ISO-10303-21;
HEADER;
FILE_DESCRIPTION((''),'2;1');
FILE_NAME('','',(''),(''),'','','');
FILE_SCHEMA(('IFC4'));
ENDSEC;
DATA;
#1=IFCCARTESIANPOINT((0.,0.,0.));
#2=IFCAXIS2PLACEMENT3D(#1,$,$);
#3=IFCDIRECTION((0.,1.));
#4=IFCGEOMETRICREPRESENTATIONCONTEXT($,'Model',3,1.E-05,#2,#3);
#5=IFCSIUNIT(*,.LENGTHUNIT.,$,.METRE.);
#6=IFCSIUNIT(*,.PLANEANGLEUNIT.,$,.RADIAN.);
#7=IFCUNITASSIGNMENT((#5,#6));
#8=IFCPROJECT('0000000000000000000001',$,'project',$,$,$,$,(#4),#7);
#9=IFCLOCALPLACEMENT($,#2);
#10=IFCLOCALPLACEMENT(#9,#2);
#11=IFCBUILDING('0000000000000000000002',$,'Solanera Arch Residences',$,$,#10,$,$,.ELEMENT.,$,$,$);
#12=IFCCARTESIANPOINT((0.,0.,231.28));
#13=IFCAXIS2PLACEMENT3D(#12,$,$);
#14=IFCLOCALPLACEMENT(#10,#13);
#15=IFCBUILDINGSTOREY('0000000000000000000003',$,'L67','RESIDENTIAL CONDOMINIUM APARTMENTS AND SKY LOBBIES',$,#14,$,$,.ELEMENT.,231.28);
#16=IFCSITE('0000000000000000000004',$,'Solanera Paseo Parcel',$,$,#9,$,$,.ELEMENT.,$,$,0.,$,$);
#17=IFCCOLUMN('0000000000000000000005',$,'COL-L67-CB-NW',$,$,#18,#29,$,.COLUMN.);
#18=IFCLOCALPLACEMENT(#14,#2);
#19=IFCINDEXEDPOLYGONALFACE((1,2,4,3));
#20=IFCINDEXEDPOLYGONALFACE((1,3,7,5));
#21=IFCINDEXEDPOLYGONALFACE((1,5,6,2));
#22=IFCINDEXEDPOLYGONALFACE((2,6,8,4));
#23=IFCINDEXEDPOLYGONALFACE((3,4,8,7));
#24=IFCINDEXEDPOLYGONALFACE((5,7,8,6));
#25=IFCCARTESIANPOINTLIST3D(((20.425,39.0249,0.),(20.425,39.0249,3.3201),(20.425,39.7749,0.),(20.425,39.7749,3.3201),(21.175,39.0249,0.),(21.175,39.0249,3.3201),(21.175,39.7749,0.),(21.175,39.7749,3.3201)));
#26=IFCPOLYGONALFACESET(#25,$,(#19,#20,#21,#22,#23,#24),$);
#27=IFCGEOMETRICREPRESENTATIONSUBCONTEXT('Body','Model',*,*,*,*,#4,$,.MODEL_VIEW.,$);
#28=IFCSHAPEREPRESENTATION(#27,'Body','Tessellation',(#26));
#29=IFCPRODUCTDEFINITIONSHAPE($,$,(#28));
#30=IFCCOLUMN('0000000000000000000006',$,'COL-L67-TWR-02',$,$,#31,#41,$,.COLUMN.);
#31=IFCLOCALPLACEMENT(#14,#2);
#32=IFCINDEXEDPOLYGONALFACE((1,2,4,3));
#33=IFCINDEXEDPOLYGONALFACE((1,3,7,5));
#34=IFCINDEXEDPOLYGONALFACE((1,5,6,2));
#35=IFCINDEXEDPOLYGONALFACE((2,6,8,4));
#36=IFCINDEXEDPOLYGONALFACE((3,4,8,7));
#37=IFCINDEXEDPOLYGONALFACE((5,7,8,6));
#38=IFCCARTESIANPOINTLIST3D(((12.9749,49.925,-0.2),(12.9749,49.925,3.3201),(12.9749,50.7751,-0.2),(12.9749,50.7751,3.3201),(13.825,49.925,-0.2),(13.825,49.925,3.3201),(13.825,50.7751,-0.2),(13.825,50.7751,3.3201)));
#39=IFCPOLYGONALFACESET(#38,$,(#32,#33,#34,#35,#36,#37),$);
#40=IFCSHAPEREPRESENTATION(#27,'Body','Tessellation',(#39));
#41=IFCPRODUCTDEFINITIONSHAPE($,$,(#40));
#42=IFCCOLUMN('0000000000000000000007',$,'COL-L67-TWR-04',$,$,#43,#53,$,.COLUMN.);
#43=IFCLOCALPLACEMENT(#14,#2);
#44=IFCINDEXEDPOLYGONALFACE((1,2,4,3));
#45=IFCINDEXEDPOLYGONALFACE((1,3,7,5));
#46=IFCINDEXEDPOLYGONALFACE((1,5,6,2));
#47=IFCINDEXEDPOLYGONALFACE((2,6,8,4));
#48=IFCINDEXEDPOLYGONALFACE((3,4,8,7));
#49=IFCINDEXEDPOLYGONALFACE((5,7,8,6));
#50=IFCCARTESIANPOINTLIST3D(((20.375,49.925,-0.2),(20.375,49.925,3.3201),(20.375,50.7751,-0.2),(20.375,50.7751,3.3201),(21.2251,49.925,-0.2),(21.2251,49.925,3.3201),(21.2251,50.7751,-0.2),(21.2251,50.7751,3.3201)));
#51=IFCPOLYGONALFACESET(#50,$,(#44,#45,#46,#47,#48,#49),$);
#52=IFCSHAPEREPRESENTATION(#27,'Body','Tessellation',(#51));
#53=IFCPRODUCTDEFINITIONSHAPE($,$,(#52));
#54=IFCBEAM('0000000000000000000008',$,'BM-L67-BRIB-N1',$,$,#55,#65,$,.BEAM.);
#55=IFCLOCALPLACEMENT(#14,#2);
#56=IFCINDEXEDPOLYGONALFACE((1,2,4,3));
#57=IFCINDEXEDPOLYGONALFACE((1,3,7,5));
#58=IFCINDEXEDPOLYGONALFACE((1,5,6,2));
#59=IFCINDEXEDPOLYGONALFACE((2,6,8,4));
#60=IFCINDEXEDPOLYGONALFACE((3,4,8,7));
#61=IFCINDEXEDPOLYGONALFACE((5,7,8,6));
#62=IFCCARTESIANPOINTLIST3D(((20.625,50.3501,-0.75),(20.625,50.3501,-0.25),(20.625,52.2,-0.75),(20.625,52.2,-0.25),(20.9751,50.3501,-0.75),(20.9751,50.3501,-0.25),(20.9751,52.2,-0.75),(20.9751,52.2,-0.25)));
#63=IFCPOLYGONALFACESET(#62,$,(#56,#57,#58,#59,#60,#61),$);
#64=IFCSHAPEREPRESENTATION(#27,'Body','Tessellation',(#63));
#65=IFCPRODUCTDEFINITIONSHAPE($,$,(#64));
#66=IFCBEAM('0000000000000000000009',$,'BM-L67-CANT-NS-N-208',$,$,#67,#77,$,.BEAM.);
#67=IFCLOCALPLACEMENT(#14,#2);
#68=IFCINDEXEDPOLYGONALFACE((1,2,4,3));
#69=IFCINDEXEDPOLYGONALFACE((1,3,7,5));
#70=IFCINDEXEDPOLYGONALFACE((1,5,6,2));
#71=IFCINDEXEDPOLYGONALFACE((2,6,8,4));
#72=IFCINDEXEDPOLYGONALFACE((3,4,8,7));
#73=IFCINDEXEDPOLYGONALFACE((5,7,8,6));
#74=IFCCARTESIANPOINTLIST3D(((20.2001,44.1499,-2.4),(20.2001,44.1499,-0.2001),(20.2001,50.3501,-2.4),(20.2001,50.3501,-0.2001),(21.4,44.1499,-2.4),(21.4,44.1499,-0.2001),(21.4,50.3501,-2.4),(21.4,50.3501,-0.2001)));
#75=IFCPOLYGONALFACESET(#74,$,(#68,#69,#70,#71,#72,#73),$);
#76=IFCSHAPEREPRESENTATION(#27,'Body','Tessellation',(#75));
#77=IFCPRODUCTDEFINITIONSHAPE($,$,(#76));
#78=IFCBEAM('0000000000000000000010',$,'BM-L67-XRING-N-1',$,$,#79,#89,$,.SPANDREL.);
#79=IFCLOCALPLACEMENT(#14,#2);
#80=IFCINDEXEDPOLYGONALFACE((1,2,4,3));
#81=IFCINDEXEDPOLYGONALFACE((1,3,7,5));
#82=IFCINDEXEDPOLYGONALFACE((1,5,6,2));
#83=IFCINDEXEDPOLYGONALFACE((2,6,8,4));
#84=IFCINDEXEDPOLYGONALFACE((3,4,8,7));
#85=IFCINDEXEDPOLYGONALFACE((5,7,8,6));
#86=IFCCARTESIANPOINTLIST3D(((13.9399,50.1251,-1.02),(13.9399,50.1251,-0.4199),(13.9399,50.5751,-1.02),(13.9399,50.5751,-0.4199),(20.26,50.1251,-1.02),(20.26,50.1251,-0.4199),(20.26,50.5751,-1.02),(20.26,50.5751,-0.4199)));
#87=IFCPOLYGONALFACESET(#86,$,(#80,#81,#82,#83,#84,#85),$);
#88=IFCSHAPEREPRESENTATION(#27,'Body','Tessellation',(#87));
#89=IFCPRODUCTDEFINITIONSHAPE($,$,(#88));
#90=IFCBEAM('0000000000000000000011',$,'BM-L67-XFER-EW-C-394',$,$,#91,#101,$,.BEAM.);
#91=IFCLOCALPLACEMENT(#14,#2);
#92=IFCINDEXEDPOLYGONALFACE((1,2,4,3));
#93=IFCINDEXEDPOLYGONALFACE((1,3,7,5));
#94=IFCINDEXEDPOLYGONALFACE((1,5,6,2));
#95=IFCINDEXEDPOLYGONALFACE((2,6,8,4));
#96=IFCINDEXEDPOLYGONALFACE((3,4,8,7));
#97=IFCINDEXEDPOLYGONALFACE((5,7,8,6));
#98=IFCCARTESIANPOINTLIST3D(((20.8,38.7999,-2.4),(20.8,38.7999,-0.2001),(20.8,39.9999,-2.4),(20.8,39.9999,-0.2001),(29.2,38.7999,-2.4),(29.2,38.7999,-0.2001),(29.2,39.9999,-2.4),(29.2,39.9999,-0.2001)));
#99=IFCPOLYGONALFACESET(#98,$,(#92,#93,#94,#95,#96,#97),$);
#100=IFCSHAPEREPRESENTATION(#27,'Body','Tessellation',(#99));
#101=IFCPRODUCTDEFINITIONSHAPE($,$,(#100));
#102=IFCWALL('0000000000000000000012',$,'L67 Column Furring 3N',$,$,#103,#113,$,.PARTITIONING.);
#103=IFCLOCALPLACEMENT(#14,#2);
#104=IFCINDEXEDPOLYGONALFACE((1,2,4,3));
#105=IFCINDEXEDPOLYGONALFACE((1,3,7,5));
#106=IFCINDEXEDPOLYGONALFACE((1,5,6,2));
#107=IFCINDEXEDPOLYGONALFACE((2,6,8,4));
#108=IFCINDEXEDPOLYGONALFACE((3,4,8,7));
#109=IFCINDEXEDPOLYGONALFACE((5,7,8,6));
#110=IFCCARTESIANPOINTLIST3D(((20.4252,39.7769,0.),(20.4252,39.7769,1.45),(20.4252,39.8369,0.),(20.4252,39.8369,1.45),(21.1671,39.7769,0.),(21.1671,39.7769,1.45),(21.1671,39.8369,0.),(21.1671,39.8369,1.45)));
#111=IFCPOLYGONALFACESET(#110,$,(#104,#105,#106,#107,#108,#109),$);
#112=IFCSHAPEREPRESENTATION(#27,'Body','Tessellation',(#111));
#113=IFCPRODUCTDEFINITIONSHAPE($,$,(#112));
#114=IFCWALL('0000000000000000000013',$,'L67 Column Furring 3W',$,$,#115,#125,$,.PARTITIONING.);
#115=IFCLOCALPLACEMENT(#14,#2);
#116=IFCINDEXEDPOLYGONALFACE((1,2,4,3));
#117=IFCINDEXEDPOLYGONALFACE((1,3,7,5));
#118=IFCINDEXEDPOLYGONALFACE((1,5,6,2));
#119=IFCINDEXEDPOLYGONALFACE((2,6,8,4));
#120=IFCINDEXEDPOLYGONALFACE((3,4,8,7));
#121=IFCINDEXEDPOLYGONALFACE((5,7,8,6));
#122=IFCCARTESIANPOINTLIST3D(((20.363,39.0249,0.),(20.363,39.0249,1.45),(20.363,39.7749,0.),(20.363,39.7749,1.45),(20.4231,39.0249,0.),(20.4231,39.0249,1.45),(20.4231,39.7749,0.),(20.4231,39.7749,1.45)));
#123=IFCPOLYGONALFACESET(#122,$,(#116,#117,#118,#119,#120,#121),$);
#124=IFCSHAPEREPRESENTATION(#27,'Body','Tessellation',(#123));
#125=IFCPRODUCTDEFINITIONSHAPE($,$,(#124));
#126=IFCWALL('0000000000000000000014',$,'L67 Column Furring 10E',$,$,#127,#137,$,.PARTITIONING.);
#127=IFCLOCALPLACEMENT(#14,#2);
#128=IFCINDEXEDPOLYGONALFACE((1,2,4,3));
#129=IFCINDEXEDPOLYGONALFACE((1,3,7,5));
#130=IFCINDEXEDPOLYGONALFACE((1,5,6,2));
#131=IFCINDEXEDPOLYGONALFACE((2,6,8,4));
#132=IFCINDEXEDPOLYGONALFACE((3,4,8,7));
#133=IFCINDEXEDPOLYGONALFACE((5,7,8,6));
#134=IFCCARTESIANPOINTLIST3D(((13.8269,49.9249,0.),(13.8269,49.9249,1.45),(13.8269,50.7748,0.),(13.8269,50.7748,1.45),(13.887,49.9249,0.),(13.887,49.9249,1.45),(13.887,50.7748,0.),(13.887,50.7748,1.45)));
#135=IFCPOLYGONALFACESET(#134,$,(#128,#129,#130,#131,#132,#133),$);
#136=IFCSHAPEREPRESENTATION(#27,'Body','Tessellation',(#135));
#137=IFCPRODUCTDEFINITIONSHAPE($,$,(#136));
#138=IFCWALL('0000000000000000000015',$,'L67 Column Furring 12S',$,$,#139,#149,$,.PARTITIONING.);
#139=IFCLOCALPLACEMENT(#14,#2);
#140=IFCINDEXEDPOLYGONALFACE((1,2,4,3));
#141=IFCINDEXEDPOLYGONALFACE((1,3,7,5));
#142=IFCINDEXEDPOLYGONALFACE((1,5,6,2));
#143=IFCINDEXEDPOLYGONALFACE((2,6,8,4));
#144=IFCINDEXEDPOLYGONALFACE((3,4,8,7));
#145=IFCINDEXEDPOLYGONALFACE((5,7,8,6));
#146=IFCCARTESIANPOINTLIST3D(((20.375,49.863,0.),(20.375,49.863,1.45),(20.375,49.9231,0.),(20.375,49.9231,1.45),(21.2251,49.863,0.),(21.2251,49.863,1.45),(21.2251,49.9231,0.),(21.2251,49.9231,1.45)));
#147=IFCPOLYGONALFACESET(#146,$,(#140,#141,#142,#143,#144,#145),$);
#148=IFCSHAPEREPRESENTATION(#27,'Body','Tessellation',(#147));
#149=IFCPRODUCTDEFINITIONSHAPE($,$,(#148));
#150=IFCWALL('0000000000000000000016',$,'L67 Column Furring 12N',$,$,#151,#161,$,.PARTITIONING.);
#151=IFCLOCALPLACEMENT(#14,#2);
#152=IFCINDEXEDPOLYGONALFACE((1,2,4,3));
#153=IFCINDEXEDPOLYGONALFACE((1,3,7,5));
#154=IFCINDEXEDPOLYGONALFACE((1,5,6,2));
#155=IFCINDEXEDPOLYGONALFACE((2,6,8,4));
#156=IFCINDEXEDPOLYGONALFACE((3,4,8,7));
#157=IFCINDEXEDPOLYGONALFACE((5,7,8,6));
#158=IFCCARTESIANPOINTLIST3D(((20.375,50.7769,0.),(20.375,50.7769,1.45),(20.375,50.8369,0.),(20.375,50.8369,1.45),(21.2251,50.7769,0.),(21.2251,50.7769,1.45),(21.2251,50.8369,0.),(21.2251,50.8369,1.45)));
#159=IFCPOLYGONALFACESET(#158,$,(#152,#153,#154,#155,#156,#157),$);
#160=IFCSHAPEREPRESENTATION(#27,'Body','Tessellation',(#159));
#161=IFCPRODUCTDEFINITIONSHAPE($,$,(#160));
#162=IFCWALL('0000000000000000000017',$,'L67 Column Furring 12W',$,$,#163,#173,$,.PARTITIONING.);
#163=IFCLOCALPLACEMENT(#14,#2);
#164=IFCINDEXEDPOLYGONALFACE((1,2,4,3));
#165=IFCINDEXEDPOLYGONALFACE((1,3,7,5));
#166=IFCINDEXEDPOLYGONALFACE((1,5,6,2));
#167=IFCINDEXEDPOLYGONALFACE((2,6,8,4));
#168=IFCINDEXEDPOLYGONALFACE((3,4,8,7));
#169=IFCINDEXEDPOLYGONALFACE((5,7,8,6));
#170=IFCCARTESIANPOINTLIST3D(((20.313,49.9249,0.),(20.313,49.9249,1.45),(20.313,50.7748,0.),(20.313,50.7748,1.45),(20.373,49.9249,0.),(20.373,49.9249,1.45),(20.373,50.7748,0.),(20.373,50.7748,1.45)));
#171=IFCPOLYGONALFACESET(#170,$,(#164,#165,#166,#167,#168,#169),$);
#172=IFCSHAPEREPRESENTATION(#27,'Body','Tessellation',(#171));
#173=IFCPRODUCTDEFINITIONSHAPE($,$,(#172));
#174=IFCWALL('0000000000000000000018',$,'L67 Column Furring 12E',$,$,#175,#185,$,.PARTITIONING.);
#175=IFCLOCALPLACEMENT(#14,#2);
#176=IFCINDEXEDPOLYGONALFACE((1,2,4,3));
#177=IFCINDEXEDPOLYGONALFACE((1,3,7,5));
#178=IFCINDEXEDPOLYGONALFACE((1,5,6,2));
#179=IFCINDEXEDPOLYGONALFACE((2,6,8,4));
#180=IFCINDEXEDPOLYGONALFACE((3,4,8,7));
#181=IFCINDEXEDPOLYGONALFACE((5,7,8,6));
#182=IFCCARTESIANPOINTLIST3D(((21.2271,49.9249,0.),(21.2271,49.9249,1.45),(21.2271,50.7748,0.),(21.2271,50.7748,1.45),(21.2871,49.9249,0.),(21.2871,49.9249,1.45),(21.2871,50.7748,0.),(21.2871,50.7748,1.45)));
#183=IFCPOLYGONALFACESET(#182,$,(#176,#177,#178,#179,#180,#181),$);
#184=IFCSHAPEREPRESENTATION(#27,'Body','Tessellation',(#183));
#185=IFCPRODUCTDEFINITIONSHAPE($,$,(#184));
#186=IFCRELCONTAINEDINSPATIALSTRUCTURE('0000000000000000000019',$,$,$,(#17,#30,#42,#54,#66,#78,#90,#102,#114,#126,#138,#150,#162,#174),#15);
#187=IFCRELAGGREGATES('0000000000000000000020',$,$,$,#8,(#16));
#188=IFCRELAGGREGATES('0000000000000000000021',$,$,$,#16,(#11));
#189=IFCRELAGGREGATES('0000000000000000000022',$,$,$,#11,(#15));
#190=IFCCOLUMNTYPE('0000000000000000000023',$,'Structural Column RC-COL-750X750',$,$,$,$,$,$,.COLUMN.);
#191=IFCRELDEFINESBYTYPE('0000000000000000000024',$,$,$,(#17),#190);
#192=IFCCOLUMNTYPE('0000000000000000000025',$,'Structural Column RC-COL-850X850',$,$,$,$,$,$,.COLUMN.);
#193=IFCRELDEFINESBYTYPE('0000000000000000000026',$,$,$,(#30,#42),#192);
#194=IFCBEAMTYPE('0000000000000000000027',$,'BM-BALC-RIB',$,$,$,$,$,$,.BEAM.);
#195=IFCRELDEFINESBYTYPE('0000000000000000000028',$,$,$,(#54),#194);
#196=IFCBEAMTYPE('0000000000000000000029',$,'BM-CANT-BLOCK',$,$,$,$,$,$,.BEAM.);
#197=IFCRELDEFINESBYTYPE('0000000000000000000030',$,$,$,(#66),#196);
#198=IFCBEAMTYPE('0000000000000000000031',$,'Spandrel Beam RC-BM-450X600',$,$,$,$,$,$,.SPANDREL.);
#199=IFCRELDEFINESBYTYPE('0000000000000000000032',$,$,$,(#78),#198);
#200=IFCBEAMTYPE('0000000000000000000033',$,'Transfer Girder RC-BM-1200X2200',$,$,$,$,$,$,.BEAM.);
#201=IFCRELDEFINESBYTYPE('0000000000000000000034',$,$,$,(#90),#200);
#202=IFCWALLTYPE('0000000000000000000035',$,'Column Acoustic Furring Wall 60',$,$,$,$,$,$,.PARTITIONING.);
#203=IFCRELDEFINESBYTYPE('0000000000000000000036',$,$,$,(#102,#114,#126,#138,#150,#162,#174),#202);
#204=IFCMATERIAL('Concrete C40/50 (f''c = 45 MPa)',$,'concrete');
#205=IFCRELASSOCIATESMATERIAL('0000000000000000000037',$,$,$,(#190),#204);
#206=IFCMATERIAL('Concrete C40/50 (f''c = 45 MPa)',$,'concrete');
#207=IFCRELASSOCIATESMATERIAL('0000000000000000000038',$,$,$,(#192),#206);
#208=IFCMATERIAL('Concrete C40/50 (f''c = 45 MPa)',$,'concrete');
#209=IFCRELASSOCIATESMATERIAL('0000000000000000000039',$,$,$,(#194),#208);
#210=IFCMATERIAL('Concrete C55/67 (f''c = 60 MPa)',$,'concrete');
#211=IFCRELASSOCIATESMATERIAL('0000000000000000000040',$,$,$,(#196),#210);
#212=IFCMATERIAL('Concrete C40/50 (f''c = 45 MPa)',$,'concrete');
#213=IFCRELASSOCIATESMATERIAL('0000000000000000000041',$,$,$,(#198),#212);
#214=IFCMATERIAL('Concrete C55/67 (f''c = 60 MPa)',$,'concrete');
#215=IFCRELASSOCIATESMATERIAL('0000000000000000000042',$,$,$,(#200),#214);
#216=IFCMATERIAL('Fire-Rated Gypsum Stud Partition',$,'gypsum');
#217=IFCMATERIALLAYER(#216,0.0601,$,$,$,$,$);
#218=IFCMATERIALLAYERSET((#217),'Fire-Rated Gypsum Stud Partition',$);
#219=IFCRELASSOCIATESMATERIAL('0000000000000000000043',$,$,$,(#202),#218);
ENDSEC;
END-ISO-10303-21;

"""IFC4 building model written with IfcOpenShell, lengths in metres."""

from ifc_helpers import new_model, si_unit, direction, frame, frame_2d, origin, origin_2d, place, context, subcontext, project, spatial, rectangle, extrude, material, layer, layer_set, material_profile, profile_set, type_object, element, save


model = new_model("IFC4")

# Units and contexts
model_context = context("Model", 3, precision=1e-05, world=origin(), true_north=direction((0.0, 1.0)))
body_context = subcontext(model_context, "Body", "Model", "MODEL_VIEW")
ifc_project = project(units=[si_unit("LENGTHUNIT", "METRE"), si_unit("PLANEANGLEUNIT", "RADIAN")], contexts=[model_context])

# Site, building, storey
site_placement = place(None, origin())
site = spatial("IfcSite", under=ifc_project, at=site_placement, Name="Solanera Paseo Parcel", CompositionType="ELEMENT", RefElevation=0.0)
building_placement = place(site_placement, origin())
building = spatial("IfcBuilding", under=site, at=building_placement, Name="Solanera Arch Residences", CompositionType="ELEMENT")
storey_placement = place(building_placement, frame((0.0, 0.0, 231.28)))
storey = spatial("IfcBuildingStorey", under=building, at=storey_placement, Name="L67", Description="RESIDENTIAL CONDOMINIUM APARTMENTS AND SKY LOBBIES", CompositionType="ELEMENT", Elevation=231.28)

# Columns
ifc_material_1 = material(Name="Concrete C40/50 (f'c = 45 MPa)", Category="concrete")
ifc_material_profile_1 = material_profile(ifc_material_1, rectangle(XDim=0.75, YDim=0.75, at=origin_2d()))
ifc_profile_set_1 = profile_set([ifc_material_profile_1], Name="Concrete C40/50 (f'c = 45 MPa)")
column_type_1 = type_object("IfcColumnType", Name="Structural Column RC-COL-750X750", PredefinedType="COLUMN", material=ifc_profile_set_1)
column_placement = place(storey_placement, frame((20.8, 39.3999, 0.0), z_axis=(0.0, 0.0, 1.0), x_axis=(1.0, 0.0, 0.0)))
element("IfcColumn", 1, at=column_placement, inside=storey, type_object=column_type_1, Name="COL-L67-CB-NW", PredefinedType="COLUMN", context=body_context, shape_type="SweptSolid", body=[
    extrude(rectangle(XDim=0.75, YDim=0.75, at=origin_2d()), origin(), (0.0, 0.0, 1.0), 3.3201),
])
ifc_material_2 = material(Name="Concrete C40/50 (f'c = 45 MPa)", Category="concrete")
ifc_material_profile_2 = material_profile(ifc_material_2, rectangle(XDim=0.8501, YDim=0.8501, at=origin_2d()))
ifc_profile_set_2 = profile_set([ifc_material_profile_2], Name="Concrete C40/50 (f'c = 45 MPa)")
column_type_2 = type_object("IfcColumnType", Name="Structural Column RC-COL-850X850", PredefinedType="COLUMN", material=ifc_profile_set_2)
for number, where, z_axis, x_axis, name in (
    (2, (13.3999, 50.3501, -0.2), (0.0, 0.0, 1.0), (1.0, 0.0, 0.0), "COL-L67-TWR-02"),
    (3, (20.8, 50.3501, -0.2), (0.0, 0.0, 1.0), (1.0, 0.0, 0.0), "COL-L67-TWR-04"),
):
    element("IfcColumn", number, at=place(storey_placement, frame(where, z_axis=z_axis, x_axis=x_axis)), inside=storey, type_object=column_type_2, Name=name, PredefinedType="COLUMN", context=body_context, shape_type="SweptSolid", body=[
        extrude(rectangle(XDim=0.8501, YDim=0.8501, at=origin_2d()), origin(), (0.0, 0.0, 1.0), 3.52),
    ])

# Beams
ifc_material_3 = material(Name="Concrete C40/50 (f'c = 45 MPa)", Category="concrete")
ifc_material_profile_3 = material_profile(ifc_material_3, rectangle(XDim=0.3501, YDim=0.5, at=origin_2d()))
ifc_profile_set_3 = profile_set([ifc_material_profile_3], Name="Concrete C40/50 (f'c = 45 MPa)")
beam_type_1 = type_object("IfcBeamType", Name="BM-BALC-RIB", PredefinedType="BEAM", material=ifc_profile_set_3)
beam_1_placement = place(storey_placement, frame((20.8, 50.3501, -0.5), z_axis=(0.0, 1.0, 0.0), x_axis=(-1.0, 0.0, 0.0)))
element("IfcBeam", 4, at=beam_1_placement, inside=storey, type_object=beam_type_1, Name="BM-L67-BRIB-N1", PredefinedType="BEAM", context=body_context, shape_type="SweptSolid", body=[
    extrude(rectangle(XDim=0.3501, YDim=0.5, at=origin_2d()), origin(), (0.0, 0.0, 1.0), 1.8499),
])
ifc_material_4 = material(Name="Concrete C55/67 (f'c = 60 MPa)", Category="concrete")
ifc_material_profile_4 = material_profile(ifc_material_4, rectangle(XDim=1.2, YDim=2.2, at=origin_2d()))
ifc_profile_set_4 = profile_set([ifc_material_profile_4], Name="Concrete C55/67 (f'c = 60 MPa)")
beam_type_2 = type_object("IfcBeamType", Name="BM-CANT-BLOCK", PredefinedType="BEAM", material=ifc_profile_set_4)
beam_2_placement = place(storey_placement, frame((20.8, 44.1499, -1.3), z_axis=(0.0, 1.0, 0.0), x_axis=(-1.0, 0.0, 0.0)))
element("IfcBeam", 5, at=beam_2_placement, inside=storey, type_object=beam_type_2, Name="BM-L67-CANT-NS-N-208", PredefinedType="BEAM", context=body_context, shape_type="SweptSolid", body=[
    extrude(rectangle(XDim=1.2, YDim=2.2, at=origin_2d()), origin(), (0.0, 0.0, 1.0), 6.2002),
])
ifc_material_5 = material(Name="Concrete C40/50 (f'c = 45 MPa)", Category="concrete")
ifc_material_profile_5 = material_profile(ifc_material_5, rectangle(XDim=0.45, YDim=0.6001, at=origin_2d()))
ifc_profile_set_5 = profile_set([ifc_material_profile_5], Name="Concrete C40/50 (f'c = 45 MPa)")
beam_type_3 = type_object("IfcBeamType", Name="Spandrel Beam RC-BM-450X600", PredefinedType="SPANDREL", material=ifc_profile_set_5)
beam_3_placement = place(storey_placement, frame((13.9399, 50.3501, -0.72), z_axis=(1.0, 0.0, 0.0), x_axis=(0.0, 1.0, 0.0)))
element("IfcBeam", 6, at=beam_3_placement, inside=storey, type_object=beam_type_3, Name="BM-L67-XRING-N-1", PredefinedType="SPANDREL", context=body_context, shape_type="SweptSolid", body=[
    extrude(rectangle(XDim=0.45, YDim=0.6001, at=origin_2d()), origin(), (0.0, 0.0, 1.0), 6.3201),
])
ifc_material_6 = material(Name="Concrete C55/67 (f'c = 60 MPa)", Category="concrete")
ifc_material_profile_6 = material_profile(ifc_material_6, rectangle(XDim=1.2, YDim=2.2, at=origin_2d()))
ifc_profile_set_6 = profile_set([ifc_material_profile_6], Name="Concrete C55/67 (f'c = 60 MPa)")
beam_type_4 = type_object("IfcBeamType", Name="Transfer Girder RC-BM-1200X2200", PredefinedType="BEAM", material=ifc_profile_set_6)
beam_4_placement = place(storey_placement, frame((20.8, 39.3999, -1.3), z_axis=(1.0, 0.0, 0.0), x_axis=(0.0, 1.0, 0.0)))
element("IfcBeam", 7, at=beam_4_placement, inside=storey, type_object=beam_type_4, Name="BM-L67-XFER-EW-C-394", PredefinedType="BEAM", context=body_context, shape_type="SweptSolid", body=[
    extrude(rectangle(XDim=1.2, YDim=2.2, at=origin_2d()), origin(), (0.0, 0.0, 1.0), 8.3999),
])

# Walls
ifc_material_7 = material(Name="Fire-Rated Gypsum Stud Partition", Category="gypsum")
ifc_layer_1 = layer(ifc_material_7, 0.0601)
ifc_layer_set_1 = layer_set([ifc_layer_1], Name="Fire-Rated Gypsum Stud Partition")
wall_type_1 = type_object("IfcWallType", Name="Column Acoustic Furring Wall 60", PredefinedType="PARTITIONING", material=ifc_layer_set_1)
wall_1_placement = place(storey_placement, frame((20.425, 39.8069, 0.0), z_axis=(0.0, 0.0, 1.0), x_axis=(1.0, 0.0, 0.0)))
element("IfcWall", 8, at=wall_1_placement, inside=storey, type_object=wall_type_1, Name="L67 Column Furring 3N", PredefinedType="PARTITIONING", context=body_context, shape_type="SweptSolid", body=[
    extrude(rectangle(XDim=0.7419, YDim=0.0601, at=frame_2d((0.3711, 0.0))), origin(), (0.0, 0.0, 1.0), 1.45),
])
wall_2_placement = place(storey_placement, frame((20.3931, 39.0249, 0.0), z_axis=(0.0, 0.0, 1.0), x_axis=(0.0, 1.0, 0.0)))
element("IfcWall", 9, at=wall_2_placement, inside=storey, type_object=wall_type_1, Name="L67 Column Furring 3W", PredefinedType="PARTITIONING", context=body_context, shape_type="SweptSolid", body=[
    extrude(rectangle(XDim=0.75, YDim=0.0601, at=frame_2d((0.375, 0.0))), origin(), (0.0, 0.0, 1.0), 1.45),
])
wall_3_placement = place(storey_placement, frame((13.8569, 49.925, 0.0), z_axis=(0.0, 0.0, 1.0), x_axis=(0.0, 1.0, 0.0)))
element("IfcWall", 10, at=wall_3_placement, inside=storey, type_object=wall_type_1, Name="L67 Column Furring 10E", PredefinedType="PARTITIONING", context=body_context, shape_type="SweptSolid", body=[
    extrude(rectangle(XDim=0.8499, YDim=0.0601, at=frame_2d((0.4248, 0.0))), origin(), (0.0, 0.0, 1.0), 1.45),
])
for number, where, z_axis, x_axis, name in (
    (11, (20.375, 49.8931, 0.0), (0.0, 0.0, 1.0), (1.0, 0.0, 0.0), "L67 Column Furring 12S"),
    (12, (20.375, 50.8069, 0.0), (0.0, 0.0, 1.0), (1.0, 0.0, 0.0), "L67 Column Furring 12N"),
):
    element("IfcWall", number, at=place(storey_placement, frame(where, z_axis=z_axis, x_axis=x_axis)), inside=storey, type_object=wall_type_1, Name=name, PredefinedType="PARTITIONING", context=body_context, shape_type="SweptSolid", body=[
        extrude(rectangle(XDim=0.8501, YDim=0.0601, at=frame_2d((0.425, 0.0))), origin(), (0.0, 0.0, 1.0), 1.45),
    ])
for number, where, z_axis, x_axis, name in (
    (13, (20.343, 49.925, 0.0), (0.0, 0.0, 1.0), (0.0, 1.0, 0.0), "L67 Column Furring 12W"),
    (14, (21.2571, 49.925, 0.0), (0.0, 0.0, 1.0), (0.0, 1.0, 0.0), "L67 Column Furring 12E"),
):
    element("IfcWall", number, at=place(storey_placement, frame(where, z_axis=z_axis, x_axis=x_axis)), inside=storey, type_object=wall_type_1, Name=name, PredefinedType="PARTITIONING", context=body_context, shape_type="SweptSolid", body=[
        extrude(rectangle(XDim=0.8499, YDim=0.0601, at=frame_2d((0.4248, 0.0))), origin(), (0.0, 0.0, 1.0), 1.45),
    ])

save(model, "model.ifc")
